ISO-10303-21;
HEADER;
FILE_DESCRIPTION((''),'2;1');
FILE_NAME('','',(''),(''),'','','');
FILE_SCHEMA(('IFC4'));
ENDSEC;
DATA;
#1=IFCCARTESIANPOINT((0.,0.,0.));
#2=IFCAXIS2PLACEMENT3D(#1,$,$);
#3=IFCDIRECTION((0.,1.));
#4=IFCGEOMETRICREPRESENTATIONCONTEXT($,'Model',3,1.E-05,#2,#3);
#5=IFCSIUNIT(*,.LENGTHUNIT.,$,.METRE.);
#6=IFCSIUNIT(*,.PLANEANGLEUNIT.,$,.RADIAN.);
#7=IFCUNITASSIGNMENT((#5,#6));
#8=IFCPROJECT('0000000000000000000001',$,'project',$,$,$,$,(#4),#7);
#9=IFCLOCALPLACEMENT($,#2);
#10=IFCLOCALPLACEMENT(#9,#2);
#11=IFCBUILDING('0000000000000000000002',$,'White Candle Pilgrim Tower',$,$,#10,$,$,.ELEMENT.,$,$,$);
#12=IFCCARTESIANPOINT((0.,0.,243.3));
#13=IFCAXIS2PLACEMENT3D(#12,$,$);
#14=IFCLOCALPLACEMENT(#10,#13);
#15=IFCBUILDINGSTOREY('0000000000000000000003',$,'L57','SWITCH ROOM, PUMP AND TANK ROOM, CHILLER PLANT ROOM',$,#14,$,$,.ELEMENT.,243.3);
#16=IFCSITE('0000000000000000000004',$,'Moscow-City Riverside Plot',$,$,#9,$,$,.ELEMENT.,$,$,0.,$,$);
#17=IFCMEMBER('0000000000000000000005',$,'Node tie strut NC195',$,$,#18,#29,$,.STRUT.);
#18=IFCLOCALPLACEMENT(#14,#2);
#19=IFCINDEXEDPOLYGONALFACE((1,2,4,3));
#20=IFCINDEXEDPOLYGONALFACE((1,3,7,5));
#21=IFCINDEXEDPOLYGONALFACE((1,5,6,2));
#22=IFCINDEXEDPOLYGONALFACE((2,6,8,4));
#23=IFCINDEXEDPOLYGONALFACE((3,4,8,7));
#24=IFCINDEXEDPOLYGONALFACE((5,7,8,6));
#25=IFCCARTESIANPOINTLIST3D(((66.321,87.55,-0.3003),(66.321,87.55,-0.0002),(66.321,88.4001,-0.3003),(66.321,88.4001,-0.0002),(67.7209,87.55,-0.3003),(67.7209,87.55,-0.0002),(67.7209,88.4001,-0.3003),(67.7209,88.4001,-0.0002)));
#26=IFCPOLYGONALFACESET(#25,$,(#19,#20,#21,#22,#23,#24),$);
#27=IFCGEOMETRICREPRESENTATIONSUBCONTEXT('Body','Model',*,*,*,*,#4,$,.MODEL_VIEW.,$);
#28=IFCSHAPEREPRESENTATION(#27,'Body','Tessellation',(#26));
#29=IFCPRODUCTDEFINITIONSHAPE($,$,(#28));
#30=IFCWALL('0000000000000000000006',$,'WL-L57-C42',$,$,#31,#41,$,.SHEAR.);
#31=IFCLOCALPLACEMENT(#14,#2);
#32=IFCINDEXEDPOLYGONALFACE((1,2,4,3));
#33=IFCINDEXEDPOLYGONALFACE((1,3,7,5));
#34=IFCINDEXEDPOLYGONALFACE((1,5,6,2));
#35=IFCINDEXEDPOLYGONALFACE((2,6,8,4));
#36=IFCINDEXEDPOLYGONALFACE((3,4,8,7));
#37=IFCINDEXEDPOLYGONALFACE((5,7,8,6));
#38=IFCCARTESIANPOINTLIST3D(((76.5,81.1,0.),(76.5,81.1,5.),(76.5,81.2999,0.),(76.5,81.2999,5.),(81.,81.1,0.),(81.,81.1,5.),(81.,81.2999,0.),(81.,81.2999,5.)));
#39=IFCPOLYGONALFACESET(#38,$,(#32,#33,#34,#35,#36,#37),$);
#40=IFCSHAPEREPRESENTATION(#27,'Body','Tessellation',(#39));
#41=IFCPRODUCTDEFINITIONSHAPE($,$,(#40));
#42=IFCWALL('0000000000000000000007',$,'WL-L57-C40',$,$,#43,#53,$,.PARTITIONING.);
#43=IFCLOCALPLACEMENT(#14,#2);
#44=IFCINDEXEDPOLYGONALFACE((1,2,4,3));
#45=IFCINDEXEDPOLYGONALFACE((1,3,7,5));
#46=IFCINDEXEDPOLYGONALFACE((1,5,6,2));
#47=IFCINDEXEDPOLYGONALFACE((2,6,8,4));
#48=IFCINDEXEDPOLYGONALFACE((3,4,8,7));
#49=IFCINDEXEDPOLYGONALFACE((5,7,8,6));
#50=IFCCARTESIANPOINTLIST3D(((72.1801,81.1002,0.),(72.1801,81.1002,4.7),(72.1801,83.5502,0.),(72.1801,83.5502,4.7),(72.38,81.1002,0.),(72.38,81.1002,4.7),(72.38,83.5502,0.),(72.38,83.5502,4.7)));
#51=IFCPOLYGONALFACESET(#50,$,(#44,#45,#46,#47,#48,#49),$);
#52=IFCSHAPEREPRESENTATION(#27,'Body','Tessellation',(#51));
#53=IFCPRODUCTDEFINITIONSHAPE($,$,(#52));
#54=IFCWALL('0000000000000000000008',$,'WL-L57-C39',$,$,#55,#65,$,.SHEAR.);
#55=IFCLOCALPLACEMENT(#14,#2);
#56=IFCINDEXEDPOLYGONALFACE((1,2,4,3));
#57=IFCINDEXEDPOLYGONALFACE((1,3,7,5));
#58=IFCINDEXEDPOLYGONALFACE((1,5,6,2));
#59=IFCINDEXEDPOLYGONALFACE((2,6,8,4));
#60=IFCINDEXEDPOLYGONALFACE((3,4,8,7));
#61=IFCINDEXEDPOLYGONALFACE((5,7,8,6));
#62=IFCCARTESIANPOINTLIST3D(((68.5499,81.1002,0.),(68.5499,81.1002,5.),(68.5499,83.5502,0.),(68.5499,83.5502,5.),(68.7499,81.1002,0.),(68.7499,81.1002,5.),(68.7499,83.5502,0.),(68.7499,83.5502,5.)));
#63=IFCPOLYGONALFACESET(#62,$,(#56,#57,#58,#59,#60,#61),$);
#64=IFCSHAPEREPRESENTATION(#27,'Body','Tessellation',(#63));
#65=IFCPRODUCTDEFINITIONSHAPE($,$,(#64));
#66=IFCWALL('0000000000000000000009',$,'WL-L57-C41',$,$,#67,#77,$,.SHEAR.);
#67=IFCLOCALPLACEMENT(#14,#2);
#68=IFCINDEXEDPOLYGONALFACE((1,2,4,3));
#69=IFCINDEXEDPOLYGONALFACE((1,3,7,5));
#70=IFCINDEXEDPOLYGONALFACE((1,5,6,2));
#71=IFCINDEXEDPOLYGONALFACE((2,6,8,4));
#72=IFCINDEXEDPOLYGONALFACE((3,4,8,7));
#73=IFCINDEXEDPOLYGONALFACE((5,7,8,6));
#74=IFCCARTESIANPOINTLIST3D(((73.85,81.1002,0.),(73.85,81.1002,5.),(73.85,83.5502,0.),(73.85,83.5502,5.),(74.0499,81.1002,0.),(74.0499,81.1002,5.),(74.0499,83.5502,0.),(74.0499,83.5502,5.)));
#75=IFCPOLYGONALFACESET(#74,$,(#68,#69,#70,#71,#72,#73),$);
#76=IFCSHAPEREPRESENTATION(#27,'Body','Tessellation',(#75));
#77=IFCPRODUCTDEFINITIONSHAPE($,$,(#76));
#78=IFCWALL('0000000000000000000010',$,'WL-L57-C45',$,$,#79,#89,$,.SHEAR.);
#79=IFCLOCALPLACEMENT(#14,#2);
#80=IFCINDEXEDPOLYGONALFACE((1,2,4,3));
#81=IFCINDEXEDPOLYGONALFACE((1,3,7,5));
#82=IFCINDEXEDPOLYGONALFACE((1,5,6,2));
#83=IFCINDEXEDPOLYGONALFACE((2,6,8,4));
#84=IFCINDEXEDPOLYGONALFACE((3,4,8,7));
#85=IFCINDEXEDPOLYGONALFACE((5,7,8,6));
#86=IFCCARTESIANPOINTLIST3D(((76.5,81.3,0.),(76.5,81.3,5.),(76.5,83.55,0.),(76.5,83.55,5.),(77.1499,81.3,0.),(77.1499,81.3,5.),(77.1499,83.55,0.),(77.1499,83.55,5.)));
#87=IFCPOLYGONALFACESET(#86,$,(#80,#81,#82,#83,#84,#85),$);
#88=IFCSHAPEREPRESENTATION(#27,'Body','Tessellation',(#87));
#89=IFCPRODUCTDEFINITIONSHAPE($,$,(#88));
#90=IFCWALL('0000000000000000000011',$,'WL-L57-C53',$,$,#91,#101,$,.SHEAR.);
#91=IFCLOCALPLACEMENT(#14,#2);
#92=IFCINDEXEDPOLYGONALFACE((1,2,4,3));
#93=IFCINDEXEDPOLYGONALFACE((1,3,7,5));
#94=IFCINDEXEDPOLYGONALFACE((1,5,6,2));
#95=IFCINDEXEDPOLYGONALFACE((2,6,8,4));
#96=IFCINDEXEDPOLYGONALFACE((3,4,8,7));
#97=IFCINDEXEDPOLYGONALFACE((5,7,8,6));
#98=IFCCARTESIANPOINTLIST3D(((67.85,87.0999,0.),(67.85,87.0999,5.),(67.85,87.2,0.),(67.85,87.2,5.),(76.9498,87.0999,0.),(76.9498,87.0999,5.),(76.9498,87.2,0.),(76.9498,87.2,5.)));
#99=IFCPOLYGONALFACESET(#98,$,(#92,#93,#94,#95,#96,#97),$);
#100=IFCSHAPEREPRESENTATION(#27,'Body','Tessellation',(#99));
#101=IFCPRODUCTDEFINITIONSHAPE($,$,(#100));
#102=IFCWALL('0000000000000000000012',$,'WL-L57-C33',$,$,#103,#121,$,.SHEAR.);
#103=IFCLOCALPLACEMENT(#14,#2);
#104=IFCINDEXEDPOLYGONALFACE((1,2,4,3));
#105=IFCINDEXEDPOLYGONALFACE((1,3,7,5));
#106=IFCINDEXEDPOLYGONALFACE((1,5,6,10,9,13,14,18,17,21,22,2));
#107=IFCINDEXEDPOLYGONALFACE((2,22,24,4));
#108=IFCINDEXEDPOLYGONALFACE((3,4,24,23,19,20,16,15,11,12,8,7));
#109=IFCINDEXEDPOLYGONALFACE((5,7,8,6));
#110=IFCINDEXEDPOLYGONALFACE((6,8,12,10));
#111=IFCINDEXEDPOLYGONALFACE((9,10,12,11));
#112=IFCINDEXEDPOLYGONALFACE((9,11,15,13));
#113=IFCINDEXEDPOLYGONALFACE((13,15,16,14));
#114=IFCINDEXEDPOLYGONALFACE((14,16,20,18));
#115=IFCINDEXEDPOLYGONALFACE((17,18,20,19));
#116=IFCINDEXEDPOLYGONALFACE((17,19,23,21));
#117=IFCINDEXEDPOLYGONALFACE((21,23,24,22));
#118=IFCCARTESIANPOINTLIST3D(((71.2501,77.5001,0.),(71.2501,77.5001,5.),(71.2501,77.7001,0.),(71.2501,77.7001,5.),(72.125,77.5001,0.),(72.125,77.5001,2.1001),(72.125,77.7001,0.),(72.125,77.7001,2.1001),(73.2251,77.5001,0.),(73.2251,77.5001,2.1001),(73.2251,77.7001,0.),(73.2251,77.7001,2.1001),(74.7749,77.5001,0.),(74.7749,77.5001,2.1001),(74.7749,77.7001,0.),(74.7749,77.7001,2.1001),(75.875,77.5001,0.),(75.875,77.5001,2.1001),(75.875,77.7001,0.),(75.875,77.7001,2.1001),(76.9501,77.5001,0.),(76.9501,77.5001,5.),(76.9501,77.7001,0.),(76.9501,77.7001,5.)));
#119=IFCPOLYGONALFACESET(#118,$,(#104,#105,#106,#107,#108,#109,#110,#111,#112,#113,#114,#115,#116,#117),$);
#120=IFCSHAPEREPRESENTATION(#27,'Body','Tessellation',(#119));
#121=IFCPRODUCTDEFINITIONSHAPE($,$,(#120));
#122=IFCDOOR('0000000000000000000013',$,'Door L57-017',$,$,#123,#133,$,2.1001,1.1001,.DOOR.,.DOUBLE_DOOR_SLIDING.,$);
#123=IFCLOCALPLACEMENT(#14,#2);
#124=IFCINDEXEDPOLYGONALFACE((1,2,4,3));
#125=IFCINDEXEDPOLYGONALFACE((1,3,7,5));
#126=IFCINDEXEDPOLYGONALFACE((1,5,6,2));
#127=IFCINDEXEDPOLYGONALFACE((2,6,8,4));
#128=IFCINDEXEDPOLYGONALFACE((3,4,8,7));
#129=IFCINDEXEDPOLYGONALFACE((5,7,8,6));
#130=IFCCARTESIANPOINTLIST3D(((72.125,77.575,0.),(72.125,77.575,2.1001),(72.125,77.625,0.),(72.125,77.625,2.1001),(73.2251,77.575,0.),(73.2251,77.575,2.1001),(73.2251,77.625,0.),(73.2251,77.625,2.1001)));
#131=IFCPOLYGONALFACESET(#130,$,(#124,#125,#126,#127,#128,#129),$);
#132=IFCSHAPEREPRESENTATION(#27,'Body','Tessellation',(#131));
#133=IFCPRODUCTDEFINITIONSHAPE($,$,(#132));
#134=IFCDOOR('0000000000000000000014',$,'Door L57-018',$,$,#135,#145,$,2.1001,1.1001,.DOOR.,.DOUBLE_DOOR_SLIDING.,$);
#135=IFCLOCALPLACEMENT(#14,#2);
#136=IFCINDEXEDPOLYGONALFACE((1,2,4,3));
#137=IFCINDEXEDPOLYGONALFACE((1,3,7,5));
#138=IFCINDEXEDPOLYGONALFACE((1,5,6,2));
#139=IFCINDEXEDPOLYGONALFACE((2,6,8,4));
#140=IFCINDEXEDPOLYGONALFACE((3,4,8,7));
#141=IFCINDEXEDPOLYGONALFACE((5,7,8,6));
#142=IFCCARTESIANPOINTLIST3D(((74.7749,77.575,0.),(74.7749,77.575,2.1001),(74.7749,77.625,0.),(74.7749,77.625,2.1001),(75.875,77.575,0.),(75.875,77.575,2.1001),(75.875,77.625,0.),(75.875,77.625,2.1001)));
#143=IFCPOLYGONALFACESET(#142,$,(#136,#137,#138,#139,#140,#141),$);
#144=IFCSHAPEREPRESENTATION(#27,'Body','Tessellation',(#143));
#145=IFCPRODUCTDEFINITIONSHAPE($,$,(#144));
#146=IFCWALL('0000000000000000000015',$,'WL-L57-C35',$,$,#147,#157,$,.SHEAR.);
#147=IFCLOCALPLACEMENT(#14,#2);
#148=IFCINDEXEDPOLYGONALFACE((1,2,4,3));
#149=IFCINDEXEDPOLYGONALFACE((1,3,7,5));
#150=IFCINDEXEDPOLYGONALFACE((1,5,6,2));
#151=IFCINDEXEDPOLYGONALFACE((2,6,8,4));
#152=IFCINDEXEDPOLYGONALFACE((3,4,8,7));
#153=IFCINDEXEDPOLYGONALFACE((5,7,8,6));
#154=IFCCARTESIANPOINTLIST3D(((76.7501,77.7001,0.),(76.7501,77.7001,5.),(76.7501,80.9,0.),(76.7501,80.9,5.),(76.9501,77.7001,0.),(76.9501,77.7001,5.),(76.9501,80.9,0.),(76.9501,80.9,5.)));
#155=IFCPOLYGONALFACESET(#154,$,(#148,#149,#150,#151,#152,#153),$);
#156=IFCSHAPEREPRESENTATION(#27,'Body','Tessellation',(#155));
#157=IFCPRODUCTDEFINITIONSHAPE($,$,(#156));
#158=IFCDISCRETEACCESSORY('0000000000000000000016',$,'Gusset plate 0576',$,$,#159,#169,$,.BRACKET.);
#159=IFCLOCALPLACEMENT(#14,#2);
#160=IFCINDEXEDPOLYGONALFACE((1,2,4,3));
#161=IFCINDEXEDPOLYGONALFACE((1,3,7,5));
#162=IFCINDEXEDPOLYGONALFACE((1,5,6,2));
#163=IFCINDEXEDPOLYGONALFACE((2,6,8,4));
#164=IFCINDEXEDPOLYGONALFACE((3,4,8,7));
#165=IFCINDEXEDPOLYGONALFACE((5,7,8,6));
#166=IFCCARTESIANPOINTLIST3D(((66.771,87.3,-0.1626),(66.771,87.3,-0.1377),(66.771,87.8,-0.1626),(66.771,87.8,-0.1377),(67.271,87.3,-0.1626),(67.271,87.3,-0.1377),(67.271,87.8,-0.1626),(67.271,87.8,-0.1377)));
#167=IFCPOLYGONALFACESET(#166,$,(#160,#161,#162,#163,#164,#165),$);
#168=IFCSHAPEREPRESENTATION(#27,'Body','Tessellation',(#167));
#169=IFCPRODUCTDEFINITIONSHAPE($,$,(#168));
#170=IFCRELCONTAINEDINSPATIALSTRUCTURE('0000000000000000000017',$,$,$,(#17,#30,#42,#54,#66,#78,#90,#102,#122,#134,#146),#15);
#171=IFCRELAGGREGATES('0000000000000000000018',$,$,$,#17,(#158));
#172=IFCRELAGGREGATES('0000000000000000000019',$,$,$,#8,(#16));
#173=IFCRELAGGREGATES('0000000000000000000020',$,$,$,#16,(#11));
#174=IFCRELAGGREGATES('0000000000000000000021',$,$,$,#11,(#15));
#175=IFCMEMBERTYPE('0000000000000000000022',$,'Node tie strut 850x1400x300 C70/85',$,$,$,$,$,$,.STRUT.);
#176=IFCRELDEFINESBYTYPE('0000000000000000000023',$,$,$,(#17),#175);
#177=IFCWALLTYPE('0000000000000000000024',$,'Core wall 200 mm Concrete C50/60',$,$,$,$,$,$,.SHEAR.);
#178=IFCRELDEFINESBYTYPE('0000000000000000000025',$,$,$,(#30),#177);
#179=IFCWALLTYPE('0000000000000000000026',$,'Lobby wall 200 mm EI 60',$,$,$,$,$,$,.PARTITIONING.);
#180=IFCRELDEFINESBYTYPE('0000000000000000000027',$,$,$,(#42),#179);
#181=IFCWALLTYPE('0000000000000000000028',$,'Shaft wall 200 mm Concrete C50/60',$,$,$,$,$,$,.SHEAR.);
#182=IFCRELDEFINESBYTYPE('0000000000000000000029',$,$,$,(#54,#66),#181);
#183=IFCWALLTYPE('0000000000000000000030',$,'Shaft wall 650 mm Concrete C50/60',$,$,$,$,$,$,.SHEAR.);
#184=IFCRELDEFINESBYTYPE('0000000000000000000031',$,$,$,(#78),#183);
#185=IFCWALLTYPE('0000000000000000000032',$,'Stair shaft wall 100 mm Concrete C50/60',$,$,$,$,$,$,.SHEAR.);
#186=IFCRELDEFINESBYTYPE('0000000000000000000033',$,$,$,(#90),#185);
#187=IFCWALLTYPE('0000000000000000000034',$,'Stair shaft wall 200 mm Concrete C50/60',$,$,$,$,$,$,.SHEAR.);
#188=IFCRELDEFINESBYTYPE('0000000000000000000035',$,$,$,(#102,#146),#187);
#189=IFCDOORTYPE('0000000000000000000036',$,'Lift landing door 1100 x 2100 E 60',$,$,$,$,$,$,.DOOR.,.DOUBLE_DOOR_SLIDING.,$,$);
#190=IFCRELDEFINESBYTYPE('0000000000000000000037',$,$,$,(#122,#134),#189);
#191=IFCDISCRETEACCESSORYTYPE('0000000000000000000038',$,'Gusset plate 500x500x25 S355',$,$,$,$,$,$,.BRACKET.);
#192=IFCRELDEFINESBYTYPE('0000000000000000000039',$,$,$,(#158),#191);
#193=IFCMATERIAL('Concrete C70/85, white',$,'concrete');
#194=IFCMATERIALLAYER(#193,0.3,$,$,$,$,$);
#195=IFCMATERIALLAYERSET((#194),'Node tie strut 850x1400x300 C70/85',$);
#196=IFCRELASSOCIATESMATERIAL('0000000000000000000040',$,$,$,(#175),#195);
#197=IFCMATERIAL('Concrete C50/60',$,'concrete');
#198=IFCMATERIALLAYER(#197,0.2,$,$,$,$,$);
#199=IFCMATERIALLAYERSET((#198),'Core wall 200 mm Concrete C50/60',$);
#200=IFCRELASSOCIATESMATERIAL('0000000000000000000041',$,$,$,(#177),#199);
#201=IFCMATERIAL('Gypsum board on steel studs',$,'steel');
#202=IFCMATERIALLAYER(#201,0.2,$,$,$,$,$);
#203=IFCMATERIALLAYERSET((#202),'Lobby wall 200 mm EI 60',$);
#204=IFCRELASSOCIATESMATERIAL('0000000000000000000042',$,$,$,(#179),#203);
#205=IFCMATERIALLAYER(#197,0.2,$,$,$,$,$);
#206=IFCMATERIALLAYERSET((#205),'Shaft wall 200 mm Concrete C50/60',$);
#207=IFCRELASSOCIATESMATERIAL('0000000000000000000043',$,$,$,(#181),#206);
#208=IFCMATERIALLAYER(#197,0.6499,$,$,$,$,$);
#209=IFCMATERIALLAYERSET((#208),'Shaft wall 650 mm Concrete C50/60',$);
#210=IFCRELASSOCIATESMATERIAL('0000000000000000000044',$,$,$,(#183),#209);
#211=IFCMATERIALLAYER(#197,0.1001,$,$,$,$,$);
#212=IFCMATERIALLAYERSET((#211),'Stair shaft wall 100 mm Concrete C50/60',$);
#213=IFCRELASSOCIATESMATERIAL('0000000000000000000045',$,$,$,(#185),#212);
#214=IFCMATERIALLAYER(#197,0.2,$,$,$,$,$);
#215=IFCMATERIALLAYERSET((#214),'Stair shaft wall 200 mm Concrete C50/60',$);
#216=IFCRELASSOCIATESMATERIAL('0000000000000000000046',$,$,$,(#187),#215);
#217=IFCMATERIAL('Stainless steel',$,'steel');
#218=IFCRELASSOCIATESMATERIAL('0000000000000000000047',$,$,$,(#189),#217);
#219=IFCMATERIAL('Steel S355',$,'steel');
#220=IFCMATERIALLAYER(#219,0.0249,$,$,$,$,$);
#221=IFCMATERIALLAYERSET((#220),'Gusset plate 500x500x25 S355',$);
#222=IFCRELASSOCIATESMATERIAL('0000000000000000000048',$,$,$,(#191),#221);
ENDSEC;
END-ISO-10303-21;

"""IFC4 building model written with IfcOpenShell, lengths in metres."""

from ifc_helpers import new_model, si_unit, direction, frame, frame_2d, origin, origin_2d, place, context, subcontext, project, spatial, rectangle, extrude, material, layer, layer_set, type_object, element, fill, aggregate, save


model = new_model("IFC4")

# Units and contexts
model_context = context("Model", 3, precision=1e-05, world=origin(), true_north=direction((0.0, 1.0)))
body_context = subcontext(model_context, "Body", "Model", "MODEL_VIEW")
ifc_project = project(units=[si_unit("LENGTHUNIT", "METRE"), si_unit("PLANEANGLEUNIT", "RADIAN")], contexts=[model_context])

# Site, building, storey
site_placement = place(None, origin())
site = spatial("IfcSite", under=ifc_project, at=site_placement, Name="Moscow-City Riverside Plot", CompositionType="ELEMENT", RefElevation=0.0)
building_placement = place(site_placement, origin())
building = spatial("IfcBuilding", under=site, at=building_placement, Name="White Candle Pilgrim Tower", CompositionType="ELEMENT")
storey_placement = place(building_placement, frame((0.0, 0.0, 243.3)))
storey = spatial("IfcBuildingStorey", under=building, at=storey_placement, Name="L57", Description="SWITCH ROOM, PUMP AND TANK ROOM, CHILLER PLANT ROOM", CompositionType="ELEMENT", Elevation=243.3)

# Member
ifc_material_1 = material(Name="Concrete C70/85, white", Category="concrete")
ifc_layer_1 = layer(ifc_material_1, 0.3)
ifc_layer_set_1 = layer_set([ifc_layer_1], Name="Node tie strut 850x1400x300 C70/85")
member_type = type_object("IfcMemberType", Name="Node tie strut 850x1400x300 C70/85", PredefinedType="STRUT", material=ifc_layer_set_1)
member_placement = place(storey_placement, frame((67.021, 87.9751, -0.3003), z_axis=(0.0, 0.0, 1.0), x_axis=(-1.0, 0.0, 0.0)))
member = element("IfcMember", 1, at=member_placement, inside=storey, type_object=member_type, Name="Node tie strut NC195", PredefinedType="STRUT", context=body_context, shape_type="SweptSolid", body=[
    extrude(rectangle(XDim=1.3999, YDim=0.8501, at=origin_2d()), origin(), (0.0, 0.0, 1.0), 0.3),
])

# Walls
ifc_material_2 = material(Name="Concrete C50/60", Category="concrete")
ifc_layer_2 = layer(ifc_material_2, 0.2)
ifc_layer_set_2 = layer_set([ifc_layer_2], Name="Core wall 200 mm Concrete C50/60")
wall_type_1 = type_object("IfcWallType", Name="Core wall 200 mm Concrete C50/60", PredefinedType="SHEAR", material=ifc_layer_set_2)
wall_1_placement = place(storey_placement, frame((76.5, 81.2, 0.0), z_axis=(0.0, 0.0, 1.0), x_axis=(1.0, 0.0, 0.0)))
element("IfcWall", 2, at=wall_1_placement, inside=storey, type_object=wall_type_1, Name="WL-L57-C42", PredefinedType="SHEAR", context=body_context, shape_type="SweptSolid", body=[
    extrude(rectangle(XDim=4.5, YDim=0.2, at=frame_2d((2.25, 0.0))), origin(), (0.0, 0.0, 1.0), 5.0),
])
ifc_material_3 = material(Name="Gypsum board on steel studs", Category="steel")
ifc_layer_3 = layer(ifc_material_3, 0.2)
ifc_layer_set_3 = layer_set([ifc_layer_3], Name="Lobby wall 200 mm EI 60")
wall_type_2 = type_object("IfcWallType", Name="Lobby wall 200 mm EI 60", PredefinedType="PARTITIONING", material=ifc_layer_set_3)
wall_2_placement = place(storey_placement, frame((72.28, 81.1001, 0.0), z_axis=(0.0, 0.0, 1.0), x_axis=(0.0, 1.0, 0.0)))
element("IfcWall", 3, at=wall_2_placement, inside=storey, type_object=wall_type_2, Name="WL-L57-C40", PredefinedType="PARTITIONING", context=body_context, shape_type="SweptSolid", body=[
    extrude(rectangle(XDim=2.45, YDim=0.2, at=frame_2d((1.2251, 0.0))), origin(), (0.0, 0.0, 1.0), 4.7),
])
ifc_layer_4 = layer(ifc_material_2, 0.2)
ifc_layer_set_4 = layer_set([ifc_layer_4], Name="Shaft wall 200 mm Concrete C50/60")
wall_type_3 = type_object("IfcWallType", Name="Shaft wall 200 mm Concrete C50/60", PredefinedType="SHEAR", material=ifc_layer_set_4)
for number, where, z_axis, x_axis, name in (
    (4, (68.6499, 81.1001, 0.0), (0.0, 0.0, 1.0), (0.0, 1.0, 0.0), "WL-L57-C39"),
    (5, (73.95, 81.1001, 0.0), (0.0, 0.0, 1.0), (0.0, 1.0, 0.0), "WL-L57-C41"),
):
    element("IfcWall", number, at=place(storey_placement, frame(where, z_axis=z_axis, x_axis=x_axis)), inside=storey, type_object=wall_type_3, Name=name, PredefinedType="SHEAR", context=body_context, shape_type="SweptSolid", body=[
        extrude(rectangle(XDim=2.45, YDim=0.2, at=frame_2d((1.2251, 0.0))), origin(), (0.0, 0.0, 1.0), 5.0),
    ])
ifc_layer_5 = layer(ifc_material_2, 0.6499)
ifc_layer_set_5 = layer_set([ifc_layer_5], Name="Shaft wall 650 mm Concrete C50/60")
wall_type_4 = type_object("IfcWallType", Name="Shaft wall 650 mm Concrete C50/60", PredefinedType="SHEAR", material=ifc_layer_set_5)
wall_3_placement = place(storey_placement, frame((76.825, 81.3, 0.0), z_axis=(0.0, 0.0, 1.0), x_axis=(0.0, 1.0, 0.0)))
element("IfcWall", 6, at=wall_3_placement, inside=storey, type_object=wall_type_4, Name="WL-L57-C45", PredefinedType="SHEAR", context=body_context, shape_type="SweptSolid", body=[
    extrude(rectangle(XDim=2.25, YDim=0.6499, at=frame_2d((1.125, 0.0))), origin(), (0.0, 0.0, 1.0), 5.0),
])
ifc_layer_6 = layer(ifc_material_2, 0.1001)
ifc_layer_set_6 = layer_set([ifc_layer_6], Name="Stair shaft wall 100 mm Concrete C50/60")
wall_type_5 = type_object("IfcWallType", Name="Stair shaft wall 100 mm Concrete C50/60", PredefinedType="SHEAR", material=ifc_layer_set_6)
wall_4_placement = place(storey_placement, frame((67.8501, 87.1499, 0.0), z_axis=(0.0, 0.0, 1.0), x_axis=(1.0, 0.0, 0.0)))
element("IfcWall", 7, at=wall_4_placement, inside=storey, type_object=wall_type_5, Name="WL-L57-C53", PredefinedType="SHEAR", context=body_context, shape_type="SweptSolid", body=[
    extrude(rectangle(XDim=9.0999, YDim=0.1001, at=frame_2d((4.5498, 0.0))), origin(), (0.0, 0.0, 1.0), 5.0),
])

# Wall, openings, doors
ifc_layer_7 = layer(ifc_material_2, 0.2)
ifc_layer_set_7 = layer_set([ifc_layer_7], Name="Stair shaft wall 200 mm Concrete C50/60")
wall_type_6 = type_object("IfcWallType", Name="Stair shaft wall 200 mm Concrete C50/60", PredefinedType="SHEAR", material=ifc_layer_set_7)
wall_5_placement = place(storey_placement, frame((71.25, 77.6001, 0.0), z_axis=(0.0, 0.0, 1.0), x_axis=(1.0, 0.0, 0.0)))
wall_5 = element("IfcWall", 8, at=wall_5_placement, inside=storey, type_object=wall_type_6, Name="WL-L57-C33", PredefinedType="SHEAR", context=body_context, shape_type="SweptSolid", body=[
    extrude(rectangle(XDim=5.7, YDim=0.2, at=frame_2d((2.8501, 0.0))), origin(), (0.0, 0.0, 1.0), 5.0),
])
opening_1_placement = place(wall_5_placement, frame((0.875, 0.0, 0.0)))
opening_1 = element("IfcOpeningElement", 9, at=opening_1_placement, cuts=wall_5, PredefinedType="OPENING", context=body_context, shape_type="SweptSolid", body=[
    extrude(rectangle(XDim=1.1001, YDim=2.1001, at=frame_2d((0.55, 1.05))), frame((0.0, 0.1099, 0.0), z_axis=(0.0, -1.0, 0.0), x_axis=(1.0, 0.0, 0.0)), (0.0, 0.0, 1.0), 0.22),
])
opening_2_placement = place(wall_5_placement, frame((3.5249, 0.0, 0.0)))
opening_2 = element("IfcOpeningElement", 10, at=opening_2_placement, cuts=wall_5, PredefinedType="OPENING", context=body_context, shape_type="SweptSolid", body=[
    extrude(rectangle(XDim=1.1001, YDim=2.1001, at=frame_2d((0.55, 1.05))), frame((0.0, 0.1099, 0.0), z_axis=(0.0, -1.0, 0.0), x_axis=(1.0, 0.0, 0.0)), (0.0, 0.0, 1.0), 0.22),
])
ifc_material_4 = material(Name="Stainless steel", Category="steel")
door_type_1 = type_object("IfcDoorType", Name="Lift landing door 1100 x 2100 E 60", OperationType="DOUBLE_DOOR_SLIDING", PredefinedType="DOOR", material=ifc_material_4)
door_1_placement = place(opening_1_placement, origin())
door_1 = element("IfcDoor", 11, at=door_1_placement, inside=storey, type_object=door_type_1, Name="Door L57-017", OperationType="DOUBLE_DOOR_SLIDING", OverallHeight=2.1001, OverallWidth=1.1001, PredefinedType="DOOR", context=body_context, shape_type="SweptSolid", body=[
    extrude(rectangle(XDim=1.1001, YDim=2.1001, at=frame_2d((0.55, 1.05))), frame((0.0, 0.0249, 0.0), z_axis=(0.0, -1.0, 0.0), x_axis=(1.0, 0.0, 0.0)), (0.0, 0.0, 1.0), 0.05),
])
fill(opening_1, door_1)
door_2_placement = place(opening_2_placement, origin())
door_2 = element("IfcDoor", 12, at=door_2_placement, inside=storey, type_object=door_type_1, Name="Door L57-018", OperationType="DOUBLE_DOOR_SLIDING", OverallHeight=2.1001, OverallWidth=1.1001, PredefinedType="DOOR", context=body_context, shape_type="SweptSolid", body=[
    extrude(rectangle(XDim=1.1001, YDim=2.1001, at=frame_2d((0.55, 1.05))), frame((0.0, 0.0249, 0.0), z_axis=(0.0, -1.0, 0.0), x_axis=(1.0, 0.0, 0.0)), (0.0, 0.0, 1.0), 0.05),
])
fill(opening_2, door_2)

# Wall
wall_6_placement = place(storey_placement, frame((76.8501, 77.7, 0.0), z_axis=(0.0, 0.0, 1.0), x_axis=(0.0, 1.0, 0.0)))
element("IfcWall", 13, at=wall_6_placement, inside=storey, type_object=wall_type_6, Name="WL-L57-C35", PredefinedType="SHEAR", context=body_context, shape_type="SweptSolid", body=[
    extrude(rectangle(XDim=3.2, YDim=0.2, at=frame_2d((1.6001, 0.0))), origin(), (0.0, 0.0, 1.0), 5.0),
])

# Discrete accessory
ifc_material_5 = material(Name="Steel S355", Category="steel")
ifc_layer_8 = layer(ifc_material_5, 0.0249)
ifc_layer_set_8 = layer_set([ifc_layer_8], Name="Gusset plate 500x500x25 S355")
discrete_accessory_type = type_object("IfcDiscreteAccessoryType", Name="Gusset plate 500x500x25 S355", PredefinedType="BRACKET", material=ifc_layer_set_8)
discrete_accessory_placement = place(storey_placement, frame((67.021, 87.55, -0.1626), z_axis=(0.0, 0.0, 1.0), x_axis=(1.0, 0.0, 0.0)))
discrete_accessory = element("IfcDiscreteAccessory", 14, at=discrete_accessory_placement, type_object=discrete_accessory_type, Name="Gusset plate 0576", PredefinedType="BRACKET", context=body_context, shape_type="SweptSolid", body=[
    extrude(rectangle(XDim=0.5, YDim=0.5, at=origin_2d()), origin(), (0.0, 0.0, 1.0), 0.0249),
])
aggregate(member, [discrete_accessory])

save(model, "model.ifc")
